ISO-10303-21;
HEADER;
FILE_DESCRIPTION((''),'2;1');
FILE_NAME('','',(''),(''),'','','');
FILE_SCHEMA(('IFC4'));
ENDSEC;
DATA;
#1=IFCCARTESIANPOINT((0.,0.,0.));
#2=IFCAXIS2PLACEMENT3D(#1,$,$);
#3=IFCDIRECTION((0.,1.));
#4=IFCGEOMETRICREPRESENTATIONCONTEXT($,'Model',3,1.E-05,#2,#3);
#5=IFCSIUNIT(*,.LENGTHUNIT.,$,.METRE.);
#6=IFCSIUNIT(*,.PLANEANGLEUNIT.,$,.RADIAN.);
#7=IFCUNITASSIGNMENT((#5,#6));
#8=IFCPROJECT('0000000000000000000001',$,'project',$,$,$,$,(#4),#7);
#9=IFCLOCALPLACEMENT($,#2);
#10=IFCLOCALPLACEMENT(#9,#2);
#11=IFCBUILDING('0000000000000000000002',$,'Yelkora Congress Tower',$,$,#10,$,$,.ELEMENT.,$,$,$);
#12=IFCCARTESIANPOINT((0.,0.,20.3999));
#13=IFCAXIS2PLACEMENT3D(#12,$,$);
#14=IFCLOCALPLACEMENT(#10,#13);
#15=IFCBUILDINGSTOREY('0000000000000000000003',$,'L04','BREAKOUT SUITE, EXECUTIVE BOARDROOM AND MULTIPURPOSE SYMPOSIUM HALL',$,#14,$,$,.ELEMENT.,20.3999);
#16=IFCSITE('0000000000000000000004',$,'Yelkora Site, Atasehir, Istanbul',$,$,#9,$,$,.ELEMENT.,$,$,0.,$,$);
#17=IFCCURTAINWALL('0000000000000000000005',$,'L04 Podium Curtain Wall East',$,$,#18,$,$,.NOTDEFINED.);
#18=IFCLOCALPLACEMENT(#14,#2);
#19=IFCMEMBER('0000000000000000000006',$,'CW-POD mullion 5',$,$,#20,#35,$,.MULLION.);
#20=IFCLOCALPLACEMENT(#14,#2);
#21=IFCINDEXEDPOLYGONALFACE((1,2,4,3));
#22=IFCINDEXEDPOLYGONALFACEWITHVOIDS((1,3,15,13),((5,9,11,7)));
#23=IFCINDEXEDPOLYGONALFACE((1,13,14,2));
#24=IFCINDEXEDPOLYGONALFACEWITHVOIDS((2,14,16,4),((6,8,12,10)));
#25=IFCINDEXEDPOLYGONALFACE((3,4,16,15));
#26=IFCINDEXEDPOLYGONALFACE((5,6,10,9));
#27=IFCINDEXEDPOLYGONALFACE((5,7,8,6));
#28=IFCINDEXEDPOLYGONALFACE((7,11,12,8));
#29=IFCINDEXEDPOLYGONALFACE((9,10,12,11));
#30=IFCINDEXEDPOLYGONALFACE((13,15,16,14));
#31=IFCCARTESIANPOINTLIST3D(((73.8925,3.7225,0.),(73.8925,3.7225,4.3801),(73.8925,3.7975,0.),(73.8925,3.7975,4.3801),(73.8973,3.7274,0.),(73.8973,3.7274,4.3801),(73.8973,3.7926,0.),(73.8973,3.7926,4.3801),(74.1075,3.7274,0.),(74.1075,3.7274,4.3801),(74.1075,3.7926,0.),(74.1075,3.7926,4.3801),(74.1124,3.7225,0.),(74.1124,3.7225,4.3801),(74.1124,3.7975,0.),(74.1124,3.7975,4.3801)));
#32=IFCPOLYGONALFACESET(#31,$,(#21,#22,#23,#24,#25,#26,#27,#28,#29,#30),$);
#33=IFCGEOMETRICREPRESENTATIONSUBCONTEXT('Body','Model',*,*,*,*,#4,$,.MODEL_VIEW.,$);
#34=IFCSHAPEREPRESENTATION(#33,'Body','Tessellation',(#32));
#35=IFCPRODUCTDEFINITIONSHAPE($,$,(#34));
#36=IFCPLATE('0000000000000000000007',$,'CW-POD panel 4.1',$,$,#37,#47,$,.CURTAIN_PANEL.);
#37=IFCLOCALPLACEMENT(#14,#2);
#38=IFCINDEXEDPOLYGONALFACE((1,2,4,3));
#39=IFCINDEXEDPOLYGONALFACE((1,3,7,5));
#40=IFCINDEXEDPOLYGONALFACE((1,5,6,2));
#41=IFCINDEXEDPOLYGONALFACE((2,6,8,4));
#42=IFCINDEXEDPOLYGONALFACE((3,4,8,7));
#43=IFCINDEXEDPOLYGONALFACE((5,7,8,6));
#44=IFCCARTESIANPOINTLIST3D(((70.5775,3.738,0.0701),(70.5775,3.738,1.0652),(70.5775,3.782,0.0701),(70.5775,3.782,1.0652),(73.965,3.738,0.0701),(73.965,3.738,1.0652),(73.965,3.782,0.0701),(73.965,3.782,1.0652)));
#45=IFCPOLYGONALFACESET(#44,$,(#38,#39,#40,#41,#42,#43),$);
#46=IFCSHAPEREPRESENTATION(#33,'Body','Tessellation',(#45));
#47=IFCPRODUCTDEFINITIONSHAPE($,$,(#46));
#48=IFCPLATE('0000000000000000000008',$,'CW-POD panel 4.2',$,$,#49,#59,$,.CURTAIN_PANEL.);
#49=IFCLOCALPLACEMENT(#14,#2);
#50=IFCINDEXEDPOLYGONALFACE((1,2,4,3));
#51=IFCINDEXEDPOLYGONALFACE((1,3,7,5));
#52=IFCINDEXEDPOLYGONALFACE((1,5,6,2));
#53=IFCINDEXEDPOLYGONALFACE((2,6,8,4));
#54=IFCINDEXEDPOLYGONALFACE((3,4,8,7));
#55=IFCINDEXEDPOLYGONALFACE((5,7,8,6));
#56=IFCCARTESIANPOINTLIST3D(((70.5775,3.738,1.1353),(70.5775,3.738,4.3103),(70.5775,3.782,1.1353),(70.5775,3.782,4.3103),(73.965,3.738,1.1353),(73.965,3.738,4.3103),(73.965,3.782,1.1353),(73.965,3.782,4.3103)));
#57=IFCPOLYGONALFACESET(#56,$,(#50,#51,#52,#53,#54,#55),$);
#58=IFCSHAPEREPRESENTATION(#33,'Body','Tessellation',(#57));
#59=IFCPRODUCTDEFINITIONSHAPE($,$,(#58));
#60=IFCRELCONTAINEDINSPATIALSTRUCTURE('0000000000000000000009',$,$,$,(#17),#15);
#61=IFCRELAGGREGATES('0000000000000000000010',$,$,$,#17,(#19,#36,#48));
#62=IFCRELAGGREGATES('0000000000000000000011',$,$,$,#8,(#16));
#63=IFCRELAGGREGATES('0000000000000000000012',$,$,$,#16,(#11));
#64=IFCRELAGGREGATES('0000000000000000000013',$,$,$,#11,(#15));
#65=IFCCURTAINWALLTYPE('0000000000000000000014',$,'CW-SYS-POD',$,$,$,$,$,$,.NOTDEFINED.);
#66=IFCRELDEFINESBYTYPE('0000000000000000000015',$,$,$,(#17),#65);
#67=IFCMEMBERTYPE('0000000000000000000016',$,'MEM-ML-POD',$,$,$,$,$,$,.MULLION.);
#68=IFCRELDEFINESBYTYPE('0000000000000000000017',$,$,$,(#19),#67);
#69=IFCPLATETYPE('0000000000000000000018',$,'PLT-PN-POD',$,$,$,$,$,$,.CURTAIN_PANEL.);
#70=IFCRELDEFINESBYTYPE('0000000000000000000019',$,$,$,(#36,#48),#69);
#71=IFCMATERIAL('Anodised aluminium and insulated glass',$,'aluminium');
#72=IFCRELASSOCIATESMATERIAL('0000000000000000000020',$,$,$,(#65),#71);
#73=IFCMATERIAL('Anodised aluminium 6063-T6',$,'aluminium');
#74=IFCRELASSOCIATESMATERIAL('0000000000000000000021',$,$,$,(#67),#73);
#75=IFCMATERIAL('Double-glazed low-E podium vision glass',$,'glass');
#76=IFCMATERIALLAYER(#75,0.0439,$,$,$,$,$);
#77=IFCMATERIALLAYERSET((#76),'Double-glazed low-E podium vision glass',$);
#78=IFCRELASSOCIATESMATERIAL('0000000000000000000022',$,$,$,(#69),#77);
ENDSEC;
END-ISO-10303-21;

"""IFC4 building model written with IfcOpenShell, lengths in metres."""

from ifc_helpers import new_model, si_unit, direction, frame, origin, origin_2d, place, context, subcontext, project, spatial, rectangle, hollow_rectangle, extrude, material, layer, layer_set, material_profile, profile_set, type_object, element, aggregate, save


model = new_model("IFC4")

# Units and contexts
model_context = context("Model", 3, precision=1e-05, world=origin(), true_north=direction((0.0, 1.0)))
body_context = subcontext(model_context, "Body", "Model", "MODEL_VIEW")
ifc_project = project(units=[si_unit("LENGTHUNIT", "METRE"), si_unit("PLANEANGLEUNIT", "RADIAN")], contexts=[model_context])

# Site, building, storey
site_placement = place(None, origin())
site = spatial("IfcSite", under=ifc_project, at=site_placement, Name="Yelkora Site, Atasehir, Istanbul", CompositionType="ELEMENT", RefElevation=0.0)
building_placement = place(site_placement, origin())
building = spatial("IfcBuilding", under=site, at=building_placement, Name="Yelkora Congress Tower", CompositionType="ELEMENT")
storey_placement = place(building_placement, frame((0.0, 0.0, 20.3999)))
storey = spatial("IfcBuildingStorey", under=building, at=storey_placement, Name="L04", Description="BREAKOUT SUITE, EXECUTIVE BOARDROOM AND MULTIPURPOSE SYMPOSIUM HALL", CompositionType="ELEMENT", Elevation=20.3999)

# Curtain wall, member, plates
ifc_material_1 = material(Name="Anodised aluminium and insulated glass", Category="aluminium")
curtain_wall_type = type_object("IfcCurtainWallType", Name="CW-SYS-POD", PredefinedType="NOTDEFINED", material=ifc_material_1)
curtain_wall_placement = place(storey_placement, origin())
curtain_wall = element("IfcCurtainWall", 1, at=curtain_wall_placement, inside=storey, type_object=curtain_wall_type, Name="L04 Podium Curtain Wall East", PredefinedType="NOTDEFINED")
ifc_material_2 = material(Name="Anodised aluminium 6063-T6", Category="aluminium")
ifc_material_profile_1 = material_profile(ifc_material_2, hollow_rectangle(XDim=0.075, YDim=0.22, WallThickness=0.0049, at=origin_2d()), Name="ALU 75x220x5")
ifc_profile_set_1 = profile_set([ifc_material_profile_1], Name="Anodised aluminium 6063-T6")
member_type = type_object("IfcMemberType", Name="MEM-ML-POD", PredefinedType="MULLION", material=ifc_profile_set_1)
member_placement = place(storey_placement, frame((74.0024, 3.76, 0.0), z_axis=(0.0, 0.0, 1.0), x_axis=(0.0, 1.0, 0.0)))
member = element("IfcMember", 2, at=member_placement, type_object=member_type, Name="CW-POD mullion 5", PredefinedType="MULLION", context=body_context, shape_type="SweptSolid", body=[
    extrude(hollow_rectangle(XDim=0.075, YDim=0.22, WallThickness=0.0049, at=origin_2d()), origin(), (0.0, 0.0, 1.0), 4.3801),
])
ifc_material_3 = material(Name="Double-glazed low-E podium vision glass", Category="glass")
ifc_layer = layer(ifc_material_3, 0.0439)
ifc_layer_set = layer_set([ifc_layer], Name="Double-glazed low-E podium vision glass")
plate_type = type_object("IfcPlateType", Name="PLT-PN-POD", PredefinedType="CURTAIN_PANEL", material=ifc_layer_set)
plate_1_placement = place(storey_placement, frame((72.2712, 3.76, 0.0701), z_axis=(0.0, 0.0, 1.0), x_axis=(1.0, 0.0, 0.0)))
plate_1 = element("IfcPlate", 3, at=plate_1_placement, type_object=plate_type, Name="CW-POD panel 4.1", PredefinedType="CURTAIN_PANEL", context=body_context, shape_type="SweptSolid", body=[
    extrude(rectangle(XDim=3.3875, YDim=0.0439, at=origin_2d()), origin(), (0.0, 0.0, 1.0), 0.9951),
])
plate_2_placement = place(storey_placement, frame((72.2712, 3.76, 1.1353), z_axis=(0.0, 0.0, 1.0), x_axis=(1.0, 0.0, 0.0)))
plate_2 = element("IfcPlate", 4, at=plate_2_placement, type_object=plate_type, Name="CW-POD panel 4.2", PredefinedType="CURTAIN_PANEL", context=body_context, shape_type="SweptSolid", body=[
    extrude(rectangle(XDim=3.3875, YDim=0.0439, at=origin_2d()), origin(), (0.0, 0.0, 1.0), 3.175),
])
aggregate(curtain_wall, [member, plate_1, plate_2])

save(model, "model.ifc")
